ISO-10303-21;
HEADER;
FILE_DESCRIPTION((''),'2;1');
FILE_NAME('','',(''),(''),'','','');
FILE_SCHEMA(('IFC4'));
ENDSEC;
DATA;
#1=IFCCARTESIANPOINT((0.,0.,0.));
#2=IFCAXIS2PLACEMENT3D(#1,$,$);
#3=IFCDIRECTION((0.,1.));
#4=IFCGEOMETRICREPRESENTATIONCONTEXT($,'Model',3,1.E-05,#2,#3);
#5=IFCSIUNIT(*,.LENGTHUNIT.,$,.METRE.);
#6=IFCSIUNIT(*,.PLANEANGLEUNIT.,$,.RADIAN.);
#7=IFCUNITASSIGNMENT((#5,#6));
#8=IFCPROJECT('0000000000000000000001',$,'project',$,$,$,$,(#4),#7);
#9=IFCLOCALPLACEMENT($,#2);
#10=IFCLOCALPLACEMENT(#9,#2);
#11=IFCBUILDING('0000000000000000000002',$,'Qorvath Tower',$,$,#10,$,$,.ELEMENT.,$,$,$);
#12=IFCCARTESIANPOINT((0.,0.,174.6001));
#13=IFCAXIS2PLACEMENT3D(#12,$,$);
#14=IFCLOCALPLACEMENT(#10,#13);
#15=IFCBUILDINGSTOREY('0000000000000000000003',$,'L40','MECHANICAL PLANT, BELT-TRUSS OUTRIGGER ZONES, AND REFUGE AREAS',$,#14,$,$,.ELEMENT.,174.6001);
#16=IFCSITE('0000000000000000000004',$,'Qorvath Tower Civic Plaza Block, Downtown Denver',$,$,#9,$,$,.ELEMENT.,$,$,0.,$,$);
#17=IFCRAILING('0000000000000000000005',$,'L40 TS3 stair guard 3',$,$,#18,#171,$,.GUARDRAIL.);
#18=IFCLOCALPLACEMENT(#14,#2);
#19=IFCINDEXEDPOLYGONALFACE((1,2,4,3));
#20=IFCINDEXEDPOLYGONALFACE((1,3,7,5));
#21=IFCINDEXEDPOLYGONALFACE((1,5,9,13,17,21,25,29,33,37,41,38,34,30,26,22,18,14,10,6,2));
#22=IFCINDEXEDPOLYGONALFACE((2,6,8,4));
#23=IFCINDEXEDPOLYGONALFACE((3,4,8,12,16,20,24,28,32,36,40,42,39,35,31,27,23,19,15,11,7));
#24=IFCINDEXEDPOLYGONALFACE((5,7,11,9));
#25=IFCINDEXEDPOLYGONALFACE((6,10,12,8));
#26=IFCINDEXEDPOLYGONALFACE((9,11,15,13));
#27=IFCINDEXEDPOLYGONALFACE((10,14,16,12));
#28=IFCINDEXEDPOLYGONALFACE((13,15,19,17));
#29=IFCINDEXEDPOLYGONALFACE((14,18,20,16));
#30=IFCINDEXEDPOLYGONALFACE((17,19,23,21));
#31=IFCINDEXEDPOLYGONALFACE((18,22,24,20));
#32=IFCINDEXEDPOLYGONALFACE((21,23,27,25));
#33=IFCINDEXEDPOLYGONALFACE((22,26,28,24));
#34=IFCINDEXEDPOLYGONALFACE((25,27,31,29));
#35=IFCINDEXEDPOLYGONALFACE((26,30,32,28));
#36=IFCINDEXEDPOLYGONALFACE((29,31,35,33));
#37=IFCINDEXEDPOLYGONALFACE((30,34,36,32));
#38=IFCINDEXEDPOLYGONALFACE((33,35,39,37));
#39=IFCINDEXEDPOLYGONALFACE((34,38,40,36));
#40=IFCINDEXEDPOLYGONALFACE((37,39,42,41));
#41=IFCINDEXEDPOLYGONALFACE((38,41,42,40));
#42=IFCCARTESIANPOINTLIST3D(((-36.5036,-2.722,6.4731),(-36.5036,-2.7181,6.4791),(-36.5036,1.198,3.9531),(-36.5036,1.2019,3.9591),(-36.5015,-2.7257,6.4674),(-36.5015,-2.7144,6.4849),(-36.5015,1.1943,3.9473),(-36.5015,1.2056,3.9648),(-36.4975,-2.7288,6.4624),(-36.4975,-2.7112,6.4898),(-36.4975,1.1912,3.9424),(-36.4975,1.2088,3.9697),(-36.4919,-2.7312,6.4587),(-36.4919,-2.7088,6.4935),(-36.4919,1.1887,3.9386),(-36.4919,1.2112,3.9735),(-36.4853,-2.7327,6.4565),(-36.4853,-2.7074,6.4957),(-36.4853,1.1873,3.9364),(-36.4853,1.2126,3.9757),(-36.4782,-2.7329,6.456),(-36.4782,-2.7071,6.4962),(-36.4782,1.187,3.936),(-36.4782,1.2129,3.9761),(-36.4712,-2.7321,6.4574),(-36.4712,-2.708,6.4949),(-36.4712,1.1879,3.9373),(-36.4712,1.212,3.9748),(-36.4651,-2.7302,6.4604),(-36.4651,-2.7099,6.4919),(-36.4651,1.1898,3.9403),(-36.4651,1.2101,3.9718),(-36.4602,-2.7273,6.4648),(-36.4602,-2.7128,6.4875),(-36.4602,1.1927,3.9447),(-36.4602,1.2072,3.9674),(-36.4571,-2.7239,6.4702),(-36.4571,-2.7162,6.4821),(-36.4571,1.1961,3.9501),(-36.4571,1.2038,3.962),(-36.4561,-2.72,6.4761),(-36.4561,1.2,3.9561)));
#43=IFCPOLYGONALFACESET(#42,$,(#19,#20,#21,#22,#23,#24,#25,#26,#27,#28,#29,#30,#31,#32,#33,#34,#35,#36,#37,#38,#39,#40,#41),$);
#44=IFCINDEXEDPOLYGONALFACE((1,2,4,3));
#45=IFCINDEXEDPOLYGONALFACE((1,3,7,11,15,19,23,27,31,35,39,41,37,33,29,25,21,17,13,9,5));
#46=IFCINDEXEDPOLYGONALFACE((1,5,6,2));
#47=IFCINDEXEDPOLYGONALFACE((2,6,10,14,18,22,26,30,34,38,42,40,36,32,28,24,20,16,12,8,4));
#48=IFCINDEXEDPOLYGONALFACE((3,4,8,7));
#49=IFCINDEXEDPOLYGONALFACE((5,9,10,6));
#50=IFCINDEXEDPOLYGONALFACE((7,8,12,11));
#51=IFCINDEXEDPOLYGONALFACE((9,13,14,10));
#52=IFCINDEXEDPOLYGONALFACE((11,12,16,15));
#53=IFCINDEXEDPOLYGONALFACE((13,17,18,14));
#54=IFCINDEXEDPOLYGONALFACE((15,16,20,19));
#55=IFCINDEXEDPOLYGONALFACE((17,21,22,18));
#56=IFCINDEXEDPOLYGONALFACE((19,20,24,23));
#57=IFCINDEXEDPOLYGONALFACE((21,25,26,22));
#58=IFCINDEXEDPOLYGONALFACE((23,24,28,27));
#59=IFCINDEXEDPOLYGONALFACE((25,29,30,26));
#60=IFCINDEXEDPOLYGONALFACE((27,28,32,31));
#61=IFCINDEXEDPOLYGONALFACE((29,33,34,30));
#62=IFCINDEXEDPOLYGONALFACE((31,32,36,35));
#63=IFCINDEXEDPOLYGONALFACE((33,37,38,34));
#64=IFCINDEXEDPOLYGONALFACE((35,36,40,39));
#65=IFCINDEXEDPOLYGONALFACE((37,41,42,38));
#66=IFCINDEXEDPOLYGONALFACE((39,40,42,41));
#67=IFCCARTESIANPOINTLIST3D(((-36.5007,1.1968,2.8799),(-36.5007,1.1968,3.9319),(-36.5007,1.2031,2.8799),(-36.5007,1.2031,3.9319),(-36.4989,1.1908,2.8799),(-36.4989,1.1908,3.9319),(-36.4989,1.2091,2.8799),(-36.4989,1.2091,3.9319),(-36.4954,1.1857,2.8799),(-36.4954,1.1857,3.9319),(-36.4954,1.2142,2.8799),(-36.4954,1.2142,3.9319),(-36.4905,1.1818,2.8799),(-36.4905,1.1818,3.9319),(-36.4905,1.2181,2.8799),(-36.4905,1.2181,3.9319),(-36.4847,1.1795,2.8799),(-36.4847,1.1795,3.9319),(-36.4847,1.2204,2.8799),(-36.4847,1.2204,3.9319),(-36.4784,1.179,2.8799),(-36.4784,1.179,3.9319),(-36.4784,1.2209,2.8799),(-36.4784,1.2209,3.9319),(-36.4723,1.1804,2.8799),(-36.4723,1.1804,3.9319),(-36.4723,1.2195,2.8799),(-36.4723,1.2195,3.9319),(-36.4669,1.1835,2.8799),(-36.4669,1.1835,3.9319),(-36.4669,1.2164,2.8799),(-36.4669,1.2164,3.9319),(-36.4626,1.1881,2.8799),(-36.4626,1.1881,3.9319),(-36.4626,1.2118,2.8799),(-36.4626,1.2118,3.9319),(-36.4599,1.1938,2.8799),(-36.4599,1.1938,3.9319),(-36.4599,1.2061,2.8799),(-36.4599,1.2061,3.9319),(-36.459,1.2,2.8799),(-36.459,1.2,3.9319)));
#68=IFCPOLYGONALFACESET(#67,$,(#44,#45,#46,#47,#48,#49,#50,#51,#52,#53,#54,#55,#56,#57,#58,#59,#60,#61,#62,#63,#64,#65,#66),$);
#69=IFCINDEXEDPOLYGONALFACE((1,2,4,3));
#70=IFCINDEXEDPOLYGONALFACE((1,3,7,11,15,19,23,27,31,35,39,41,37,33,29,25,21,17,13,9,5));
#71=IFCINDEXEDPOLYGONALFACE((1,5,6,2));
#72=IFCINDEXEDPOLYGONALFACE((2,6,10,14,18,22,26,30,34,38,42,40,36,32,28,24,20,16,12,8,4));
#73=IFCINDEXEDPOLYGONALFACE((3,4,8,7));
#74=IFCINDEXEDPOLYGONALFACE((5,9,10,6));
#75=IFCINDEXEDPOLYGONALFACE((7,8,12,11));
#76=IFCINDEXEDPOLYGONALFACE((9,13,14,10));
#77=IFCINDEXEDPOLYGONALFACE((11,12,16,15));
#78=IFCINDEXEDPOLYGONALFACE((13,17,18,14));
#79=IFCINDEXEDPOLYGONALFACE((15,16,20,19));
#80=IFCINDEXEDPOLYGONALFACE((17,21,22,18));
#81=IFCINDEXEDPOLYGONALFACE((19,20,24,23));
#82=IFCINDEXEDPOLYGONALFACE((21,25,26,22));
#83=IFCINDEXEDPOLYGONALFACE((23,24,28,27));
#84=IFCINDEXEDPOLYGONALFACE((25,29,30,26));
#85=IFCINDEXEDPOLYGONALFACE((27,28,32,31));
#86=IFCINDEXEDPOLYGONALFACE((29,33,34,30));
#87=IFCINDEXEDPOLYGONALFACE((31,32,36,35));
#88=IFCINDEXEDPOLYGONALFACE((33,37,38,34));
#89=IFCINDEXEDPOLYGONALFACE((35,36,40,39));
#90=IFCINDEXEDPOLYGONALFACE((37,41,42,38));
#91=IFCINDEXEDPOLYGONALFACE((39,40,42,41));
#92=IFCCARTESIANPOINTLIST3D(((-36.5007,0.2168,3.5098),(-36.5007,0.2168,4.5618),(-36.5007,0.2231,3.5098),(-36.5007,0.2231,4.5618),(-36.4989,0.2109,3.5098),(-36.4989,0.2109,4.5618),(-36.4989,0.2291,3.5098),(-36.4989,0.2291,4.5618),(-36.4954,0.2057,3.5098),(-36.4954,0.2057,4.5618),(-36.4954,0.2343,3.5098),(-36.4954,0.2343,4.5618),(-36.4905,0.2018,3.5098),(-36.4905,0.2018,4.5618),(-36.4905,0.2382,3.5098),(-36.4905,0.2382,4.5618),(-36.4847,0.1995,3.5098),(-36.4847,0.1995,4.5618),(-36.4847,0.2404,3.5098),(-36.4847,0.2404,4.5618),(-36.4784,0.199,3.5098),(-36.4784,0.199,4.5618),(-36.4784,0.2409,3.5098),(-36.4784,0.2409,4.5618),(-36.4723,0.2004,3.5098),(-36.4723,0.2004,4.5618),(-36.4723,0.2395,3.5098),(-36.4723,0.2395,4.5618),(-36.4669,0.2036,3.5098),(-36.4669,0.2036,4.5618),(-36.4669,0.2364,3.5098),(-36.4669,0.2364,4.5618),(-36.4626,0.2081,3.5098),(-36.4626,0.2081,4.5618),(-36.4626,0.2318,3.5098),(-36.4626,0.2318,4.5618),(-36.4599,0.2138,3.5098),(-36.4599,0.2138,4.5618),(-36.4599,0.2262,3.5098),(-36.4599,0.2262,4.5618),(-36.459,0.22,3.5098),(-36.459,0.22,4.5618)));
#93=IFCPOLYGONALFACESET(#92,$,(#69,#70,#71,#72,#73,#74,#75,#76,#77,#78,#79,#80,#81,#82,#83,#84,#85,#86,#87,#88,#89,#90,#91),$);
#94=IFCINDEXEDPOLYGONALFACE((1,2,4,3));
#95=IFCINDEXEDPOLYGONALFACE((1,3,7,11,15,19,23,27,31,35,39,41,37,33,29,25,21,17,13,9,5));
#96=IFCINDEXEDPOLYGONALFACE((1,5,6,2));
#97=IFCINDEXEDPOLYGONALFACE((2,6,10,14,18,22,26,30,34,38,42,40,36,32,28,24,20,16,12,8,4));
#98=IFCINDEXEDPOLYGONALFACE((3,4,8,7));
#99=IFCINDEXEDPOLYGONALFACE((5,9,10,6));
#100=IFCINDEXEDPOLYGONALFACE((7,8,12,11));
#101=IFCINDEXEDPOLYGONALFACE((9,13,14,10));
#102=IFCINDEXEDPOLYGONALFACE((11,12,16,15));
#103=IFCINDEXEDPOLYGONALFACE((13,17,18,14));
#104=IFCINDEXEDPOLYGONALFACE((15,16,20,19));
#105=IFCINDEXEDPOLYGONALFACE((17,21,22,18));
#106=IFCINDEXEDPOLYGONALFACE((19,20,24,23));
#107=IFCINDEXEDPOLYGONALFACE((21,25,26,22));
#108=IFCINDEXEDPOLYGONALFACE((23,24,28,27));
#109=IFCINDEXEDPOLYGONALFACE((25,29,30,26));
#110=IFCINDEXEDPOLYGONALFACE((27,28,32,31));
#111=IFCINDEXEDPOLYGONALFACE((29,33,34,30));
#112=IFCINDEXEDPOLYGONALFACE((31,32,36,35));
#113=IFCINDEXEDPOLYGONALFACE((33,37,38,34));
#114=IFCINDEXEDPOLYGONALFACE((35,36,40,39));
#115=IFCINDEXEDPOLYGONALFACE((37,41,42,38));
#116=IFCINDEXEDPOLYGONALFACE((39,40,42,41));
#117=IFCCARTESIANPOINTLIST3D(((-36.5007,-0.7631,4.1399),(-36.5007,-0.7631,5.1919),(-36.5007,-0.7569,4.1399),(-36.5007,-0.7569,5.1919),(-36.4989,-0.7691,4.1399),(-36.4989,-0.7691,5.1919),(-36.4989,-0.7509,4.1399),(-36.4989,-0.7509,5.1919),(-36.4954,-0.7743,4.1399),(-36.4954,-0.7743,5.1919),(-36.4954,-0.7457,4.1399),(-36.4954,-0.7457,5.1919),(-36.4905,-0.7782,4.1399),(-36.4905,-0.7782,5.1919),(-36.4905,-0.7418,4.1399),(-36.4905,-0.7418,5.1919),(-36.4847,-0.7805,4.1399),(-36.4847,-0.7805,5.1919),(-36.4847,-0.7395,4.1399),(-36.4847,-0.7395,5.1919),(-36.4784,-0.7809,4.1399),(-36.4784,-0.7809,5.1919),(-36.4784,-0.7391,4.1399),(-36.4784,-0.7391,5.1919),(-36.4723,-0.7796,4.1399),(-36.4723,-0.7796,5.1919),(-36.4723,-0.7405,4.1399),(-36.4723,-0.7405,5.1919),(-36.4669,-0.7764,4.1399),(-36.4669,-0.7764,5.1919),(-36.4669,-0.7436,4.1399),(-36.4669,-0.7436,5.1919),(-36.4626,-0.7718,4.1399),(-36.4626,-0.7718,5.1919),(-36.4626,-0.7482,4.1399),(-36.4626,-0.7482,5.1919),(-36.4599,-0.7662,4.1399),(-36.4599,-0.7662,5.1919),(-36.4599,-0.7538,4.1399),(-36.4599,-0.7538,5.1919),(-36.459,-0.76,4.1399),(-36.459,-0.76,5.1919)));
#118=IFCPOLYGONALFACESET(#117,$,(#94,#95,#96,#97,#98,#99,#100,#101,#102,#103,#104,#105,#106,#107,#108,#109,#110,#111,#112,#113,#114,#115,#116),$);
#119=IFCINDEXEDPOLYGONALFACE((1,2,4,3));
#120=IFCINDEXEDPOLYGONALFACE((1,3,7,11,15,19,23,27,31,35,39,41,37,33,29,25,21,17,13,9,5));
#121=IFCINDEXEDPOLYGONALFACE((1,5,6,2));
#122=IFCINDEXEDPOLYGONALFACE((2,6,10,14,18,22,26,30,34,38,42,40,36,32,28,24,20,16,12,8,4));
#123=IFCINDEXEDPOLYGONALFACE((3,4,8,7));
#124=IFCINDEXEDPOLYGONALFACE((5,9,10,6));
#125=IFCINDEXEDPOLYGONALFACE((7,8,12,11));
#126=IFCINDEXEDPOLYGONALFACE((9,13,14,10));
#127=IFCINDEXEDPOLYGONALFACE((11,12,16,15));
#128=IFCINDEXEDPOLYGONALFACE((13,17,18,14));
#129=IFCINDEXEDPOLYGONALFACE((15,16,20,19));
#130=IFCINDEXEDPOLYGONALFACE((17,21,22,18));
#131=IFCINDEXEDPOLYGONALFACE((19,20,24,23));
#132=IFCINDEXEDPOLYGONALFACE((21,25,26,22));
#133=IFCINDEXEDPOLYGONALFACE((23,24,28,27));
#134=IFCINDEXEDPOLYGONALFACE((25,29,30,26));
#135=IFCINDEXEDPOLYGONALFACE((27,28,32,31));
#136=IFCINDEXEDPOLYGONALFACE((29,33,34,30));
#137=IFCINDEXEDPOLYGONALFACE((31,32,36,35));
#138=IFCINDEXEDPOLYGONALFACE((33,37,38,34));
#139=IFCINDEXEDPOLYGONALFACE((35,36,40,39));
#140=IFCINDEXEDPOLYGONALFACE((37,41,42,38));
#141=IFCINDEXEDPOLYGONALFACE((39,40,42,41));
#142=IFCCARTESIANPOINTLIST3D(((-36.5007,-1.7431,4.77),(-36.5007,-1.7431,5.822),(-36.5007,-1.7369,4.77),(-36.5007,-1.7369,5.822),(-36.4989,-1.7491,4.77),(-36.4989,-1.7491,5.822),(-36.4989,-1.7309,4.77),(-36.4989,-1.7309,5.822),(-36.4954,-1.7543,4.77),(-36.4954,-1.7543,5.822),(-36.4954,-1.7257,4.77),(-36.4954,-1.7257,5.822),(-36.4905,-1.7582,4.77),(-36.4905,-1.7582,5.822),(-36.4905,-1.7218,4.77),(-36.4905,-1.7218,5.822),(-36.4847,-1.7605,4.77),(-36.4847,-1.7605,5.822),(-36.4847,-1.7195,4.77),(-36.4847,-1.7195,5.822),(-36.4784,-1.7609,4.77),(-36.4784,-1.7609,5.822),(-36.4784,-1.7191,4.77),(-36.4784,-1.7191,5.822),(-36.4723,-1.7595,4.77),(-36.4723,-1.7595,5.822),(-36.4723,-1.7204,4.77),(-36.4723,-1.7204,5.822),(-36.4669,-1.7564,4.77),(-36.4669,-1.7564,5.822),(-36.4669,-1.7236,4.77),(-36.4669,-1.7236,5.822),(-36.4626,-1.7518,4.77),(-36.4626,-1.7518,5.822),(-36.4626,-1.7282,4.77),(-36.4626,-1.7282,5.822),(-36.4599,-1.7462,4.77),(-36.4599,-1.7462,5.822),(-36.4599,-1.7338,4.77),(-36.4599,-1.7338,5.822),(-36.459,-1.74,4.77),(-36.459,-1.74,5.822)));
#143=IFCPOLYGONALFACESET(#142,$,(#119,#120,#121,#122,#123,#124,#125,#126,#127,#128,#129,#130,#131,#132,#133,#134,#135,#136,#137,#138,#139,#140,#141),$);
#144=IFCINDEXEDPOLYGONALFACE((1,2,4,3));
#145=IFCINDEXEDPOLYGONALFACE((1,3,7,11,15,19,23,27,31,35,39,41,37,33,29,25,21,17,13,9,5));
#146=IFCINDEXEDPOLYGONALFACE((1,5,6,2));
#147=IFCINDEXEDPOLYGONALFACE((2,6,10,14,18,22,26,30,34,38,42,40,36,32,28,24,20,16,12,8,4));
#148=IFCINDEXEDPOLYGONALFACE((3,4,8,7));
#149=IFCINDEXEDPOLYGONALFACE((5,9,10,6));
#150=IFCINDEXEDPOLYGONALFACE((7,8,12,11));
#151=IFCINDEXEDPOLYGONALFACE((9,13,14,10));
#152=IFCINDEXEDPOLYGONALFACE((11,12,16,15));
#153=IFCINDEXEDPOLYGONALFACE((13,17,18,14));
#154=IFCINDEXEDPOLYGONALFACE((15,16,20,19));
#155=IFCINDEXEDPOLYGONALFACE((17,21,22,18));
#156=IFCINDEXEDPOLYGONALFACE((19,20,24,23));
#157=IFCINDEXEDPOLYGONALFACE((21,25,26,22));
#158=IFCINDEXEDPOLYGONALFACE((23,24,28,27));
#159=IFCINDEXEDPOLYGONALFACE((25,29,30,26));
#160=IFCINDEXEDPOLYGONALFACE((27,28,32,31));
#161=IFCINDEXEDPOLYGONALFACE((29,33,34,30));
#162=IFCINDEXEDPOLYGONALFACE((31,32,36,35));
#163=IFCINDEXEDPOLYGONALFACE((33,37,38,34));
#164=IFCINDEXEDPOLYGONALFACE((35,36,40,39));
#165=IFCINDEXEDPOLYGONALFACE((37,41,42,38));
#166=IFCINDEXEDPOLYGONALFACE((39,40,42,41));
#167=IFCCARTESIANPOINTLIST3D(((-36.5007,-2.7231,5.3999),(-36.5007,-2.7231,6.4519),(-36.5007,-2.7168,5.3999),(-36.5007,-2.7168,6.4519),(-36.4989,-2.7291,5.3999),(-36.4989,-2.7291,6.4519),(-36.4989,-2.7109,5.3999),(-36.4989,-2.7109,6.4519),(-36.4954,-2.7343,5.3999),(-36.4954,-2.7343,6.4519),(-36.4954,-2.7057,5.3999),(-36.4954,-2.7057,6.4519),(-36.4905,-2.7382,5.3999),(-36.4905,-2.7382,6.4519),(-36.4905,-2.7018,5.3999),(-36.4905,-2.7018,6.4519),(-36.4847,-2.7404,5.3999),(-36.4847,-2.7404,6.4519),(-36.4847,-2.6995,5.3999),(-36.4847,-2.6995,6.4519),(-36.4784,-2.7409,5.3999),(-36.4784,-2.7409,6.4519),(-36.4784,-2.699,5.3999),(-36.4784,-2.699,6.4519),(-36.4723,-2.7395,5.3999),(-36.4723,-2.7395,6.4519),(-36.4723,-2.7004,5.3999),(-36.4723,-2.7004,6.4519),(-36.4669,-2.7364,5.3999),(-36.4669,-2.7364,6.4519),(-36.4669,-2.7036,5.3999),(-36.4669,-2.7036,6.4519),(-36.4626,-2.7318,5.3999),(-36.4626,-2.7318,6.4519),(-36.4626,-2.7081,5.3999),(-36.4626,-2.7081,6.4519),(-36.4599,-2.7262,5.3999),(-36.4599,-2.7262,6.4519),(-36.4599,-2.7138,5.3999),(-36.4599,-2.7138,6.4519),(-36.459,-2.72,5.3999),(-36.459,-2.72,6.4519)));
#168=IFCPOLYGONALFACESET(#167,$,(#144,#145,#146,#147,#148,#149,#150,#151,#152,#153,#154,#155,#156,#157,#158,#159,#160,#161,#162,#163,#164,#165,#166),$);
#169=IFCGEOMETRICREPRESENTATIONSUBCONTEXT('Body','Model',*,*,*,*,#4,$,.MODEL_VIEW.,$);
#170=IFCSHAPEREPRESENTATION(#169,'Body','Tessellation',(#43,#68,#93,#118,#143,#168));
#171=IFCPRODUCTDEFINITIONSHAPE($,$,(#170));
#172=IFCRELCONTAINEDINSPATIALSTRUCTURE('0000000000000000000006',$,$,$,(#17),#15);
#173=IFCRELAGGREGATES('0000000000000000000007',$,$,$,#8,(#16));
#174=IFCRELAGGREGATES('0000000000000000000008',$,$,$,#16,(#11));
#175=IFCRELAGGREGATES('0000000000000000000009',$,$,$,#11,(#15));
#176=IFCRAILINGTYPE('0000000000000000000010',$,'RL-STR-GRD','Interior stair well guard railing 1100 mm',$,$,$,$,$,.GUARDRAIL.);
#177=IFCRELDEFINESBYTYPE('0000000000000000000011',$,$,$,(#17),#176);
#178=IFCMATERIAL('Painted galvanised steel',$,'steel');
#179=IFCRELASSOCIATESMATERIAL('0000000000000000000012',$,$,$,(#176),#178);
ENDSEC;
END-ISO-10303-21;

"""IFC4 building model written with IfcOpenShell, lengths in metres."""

from ifc_helpers import new_model, si_unit, direction, frame, origin, origin_2d, place, context, subcontext, project, spatial, circle, extrude, material, type_object, element, save


model = new_model("IFC4")

# Units and contexts
model_context = context("Model", 3, precision=1e-05, world=origin(), true_north=direction((0.0, 1.0)))
body_context = subcontext(model_context, "Body", "Model", "MODEL_VIEW")
ifc_project = project(units=[si_unit("LENGTHUNIT", "METRE"), si_unit("PLANEANGLEUNIT", "RADIAN")], contexts=[model_context])

# Site, building, storey
site_placement = place(None, origin())
site = spatial("IfcSite", under=ifc_project, at=site_placement, Name="Qorvath Tower Civic Plaza Block, Downtown Denver", CompositionType="ELEMENT", RefElevation=0.0)
building_placement = place(site_placement, origin())
building = spatial("IfcBuilding", under=site, at=building_placement, Name="Qorvath Tower", CompositionType="ELEMENT")
storey_placement = place(building_placement, frame((0.0, 0.0, 174.6001)))
storey = spatial("IfcBuildingStorey", under=building, at=storey_placement, Name="L40", Description="MECHANICAL PLANT, BELT-TRUSS OUTRIGGER ZONES, AND REFUGE AREAS", CompositionType="ELEMENT", Elevation=174.6001)

# Railing
ifc_material_1 = material(Name="Painted galvanised steel", Category="steel")
railing_type = type_object("IfcRailingType", Name="RL-STR-GRD", Description="Interior stair well guard railing 1100 mm", PredefinedType="GUARDRAIL", material=ifc_material_1)
railing_1_placement = place(storey_placement, frame((-36.48, 1.2, 2.8799)))
element("IfcRailing", 1, at=railing_1_placement, inside=storey, type_object=railing_type, Name="L40 TS3 stair guard 3", PredefinedType="GUARDRAIL", context=body_context, shape_type="SweptSolid", body=[
    extrude(circle(Radius=0.0239, at=origin_2d()), frame((0.0, 0.0, 1.0762), z_axis=(0.0, -0.841172, 0.540768), x_axis=(1.0, 0.0, 0.0)), (0.0, 0.0, 1.0), 4.6602),
    extrude(circle(Radius=0.021, at=origin_2d()), origin(), (0.0, 0.0, 1.0), 1.052),
    extrude(circle(Radius=0.021, at=origin_2d()), frame((0.0, -0.98, 0.6299)), (0.0, 0.0, 1.0), 1.052),
    extrude(circle(Radius=0.021, at=origin_2d()), frame((0.0, -1.96, 1.26)), (0.0, 0.0, 1.0), 1.052),
    extrude(circle(Radius=0.021, at=origin_2d()), frame((0.0, -2.9399, 1.8901)), (0.0, 0.0, 1.0), 1.052),
    extrude(circle(Radius=0.021, at=origin_2d()), frame((0.0, -3.9199, 2.52)), (0.0, 0.0, 1.0), 1.052),
])

save(model, "model.ifc")
